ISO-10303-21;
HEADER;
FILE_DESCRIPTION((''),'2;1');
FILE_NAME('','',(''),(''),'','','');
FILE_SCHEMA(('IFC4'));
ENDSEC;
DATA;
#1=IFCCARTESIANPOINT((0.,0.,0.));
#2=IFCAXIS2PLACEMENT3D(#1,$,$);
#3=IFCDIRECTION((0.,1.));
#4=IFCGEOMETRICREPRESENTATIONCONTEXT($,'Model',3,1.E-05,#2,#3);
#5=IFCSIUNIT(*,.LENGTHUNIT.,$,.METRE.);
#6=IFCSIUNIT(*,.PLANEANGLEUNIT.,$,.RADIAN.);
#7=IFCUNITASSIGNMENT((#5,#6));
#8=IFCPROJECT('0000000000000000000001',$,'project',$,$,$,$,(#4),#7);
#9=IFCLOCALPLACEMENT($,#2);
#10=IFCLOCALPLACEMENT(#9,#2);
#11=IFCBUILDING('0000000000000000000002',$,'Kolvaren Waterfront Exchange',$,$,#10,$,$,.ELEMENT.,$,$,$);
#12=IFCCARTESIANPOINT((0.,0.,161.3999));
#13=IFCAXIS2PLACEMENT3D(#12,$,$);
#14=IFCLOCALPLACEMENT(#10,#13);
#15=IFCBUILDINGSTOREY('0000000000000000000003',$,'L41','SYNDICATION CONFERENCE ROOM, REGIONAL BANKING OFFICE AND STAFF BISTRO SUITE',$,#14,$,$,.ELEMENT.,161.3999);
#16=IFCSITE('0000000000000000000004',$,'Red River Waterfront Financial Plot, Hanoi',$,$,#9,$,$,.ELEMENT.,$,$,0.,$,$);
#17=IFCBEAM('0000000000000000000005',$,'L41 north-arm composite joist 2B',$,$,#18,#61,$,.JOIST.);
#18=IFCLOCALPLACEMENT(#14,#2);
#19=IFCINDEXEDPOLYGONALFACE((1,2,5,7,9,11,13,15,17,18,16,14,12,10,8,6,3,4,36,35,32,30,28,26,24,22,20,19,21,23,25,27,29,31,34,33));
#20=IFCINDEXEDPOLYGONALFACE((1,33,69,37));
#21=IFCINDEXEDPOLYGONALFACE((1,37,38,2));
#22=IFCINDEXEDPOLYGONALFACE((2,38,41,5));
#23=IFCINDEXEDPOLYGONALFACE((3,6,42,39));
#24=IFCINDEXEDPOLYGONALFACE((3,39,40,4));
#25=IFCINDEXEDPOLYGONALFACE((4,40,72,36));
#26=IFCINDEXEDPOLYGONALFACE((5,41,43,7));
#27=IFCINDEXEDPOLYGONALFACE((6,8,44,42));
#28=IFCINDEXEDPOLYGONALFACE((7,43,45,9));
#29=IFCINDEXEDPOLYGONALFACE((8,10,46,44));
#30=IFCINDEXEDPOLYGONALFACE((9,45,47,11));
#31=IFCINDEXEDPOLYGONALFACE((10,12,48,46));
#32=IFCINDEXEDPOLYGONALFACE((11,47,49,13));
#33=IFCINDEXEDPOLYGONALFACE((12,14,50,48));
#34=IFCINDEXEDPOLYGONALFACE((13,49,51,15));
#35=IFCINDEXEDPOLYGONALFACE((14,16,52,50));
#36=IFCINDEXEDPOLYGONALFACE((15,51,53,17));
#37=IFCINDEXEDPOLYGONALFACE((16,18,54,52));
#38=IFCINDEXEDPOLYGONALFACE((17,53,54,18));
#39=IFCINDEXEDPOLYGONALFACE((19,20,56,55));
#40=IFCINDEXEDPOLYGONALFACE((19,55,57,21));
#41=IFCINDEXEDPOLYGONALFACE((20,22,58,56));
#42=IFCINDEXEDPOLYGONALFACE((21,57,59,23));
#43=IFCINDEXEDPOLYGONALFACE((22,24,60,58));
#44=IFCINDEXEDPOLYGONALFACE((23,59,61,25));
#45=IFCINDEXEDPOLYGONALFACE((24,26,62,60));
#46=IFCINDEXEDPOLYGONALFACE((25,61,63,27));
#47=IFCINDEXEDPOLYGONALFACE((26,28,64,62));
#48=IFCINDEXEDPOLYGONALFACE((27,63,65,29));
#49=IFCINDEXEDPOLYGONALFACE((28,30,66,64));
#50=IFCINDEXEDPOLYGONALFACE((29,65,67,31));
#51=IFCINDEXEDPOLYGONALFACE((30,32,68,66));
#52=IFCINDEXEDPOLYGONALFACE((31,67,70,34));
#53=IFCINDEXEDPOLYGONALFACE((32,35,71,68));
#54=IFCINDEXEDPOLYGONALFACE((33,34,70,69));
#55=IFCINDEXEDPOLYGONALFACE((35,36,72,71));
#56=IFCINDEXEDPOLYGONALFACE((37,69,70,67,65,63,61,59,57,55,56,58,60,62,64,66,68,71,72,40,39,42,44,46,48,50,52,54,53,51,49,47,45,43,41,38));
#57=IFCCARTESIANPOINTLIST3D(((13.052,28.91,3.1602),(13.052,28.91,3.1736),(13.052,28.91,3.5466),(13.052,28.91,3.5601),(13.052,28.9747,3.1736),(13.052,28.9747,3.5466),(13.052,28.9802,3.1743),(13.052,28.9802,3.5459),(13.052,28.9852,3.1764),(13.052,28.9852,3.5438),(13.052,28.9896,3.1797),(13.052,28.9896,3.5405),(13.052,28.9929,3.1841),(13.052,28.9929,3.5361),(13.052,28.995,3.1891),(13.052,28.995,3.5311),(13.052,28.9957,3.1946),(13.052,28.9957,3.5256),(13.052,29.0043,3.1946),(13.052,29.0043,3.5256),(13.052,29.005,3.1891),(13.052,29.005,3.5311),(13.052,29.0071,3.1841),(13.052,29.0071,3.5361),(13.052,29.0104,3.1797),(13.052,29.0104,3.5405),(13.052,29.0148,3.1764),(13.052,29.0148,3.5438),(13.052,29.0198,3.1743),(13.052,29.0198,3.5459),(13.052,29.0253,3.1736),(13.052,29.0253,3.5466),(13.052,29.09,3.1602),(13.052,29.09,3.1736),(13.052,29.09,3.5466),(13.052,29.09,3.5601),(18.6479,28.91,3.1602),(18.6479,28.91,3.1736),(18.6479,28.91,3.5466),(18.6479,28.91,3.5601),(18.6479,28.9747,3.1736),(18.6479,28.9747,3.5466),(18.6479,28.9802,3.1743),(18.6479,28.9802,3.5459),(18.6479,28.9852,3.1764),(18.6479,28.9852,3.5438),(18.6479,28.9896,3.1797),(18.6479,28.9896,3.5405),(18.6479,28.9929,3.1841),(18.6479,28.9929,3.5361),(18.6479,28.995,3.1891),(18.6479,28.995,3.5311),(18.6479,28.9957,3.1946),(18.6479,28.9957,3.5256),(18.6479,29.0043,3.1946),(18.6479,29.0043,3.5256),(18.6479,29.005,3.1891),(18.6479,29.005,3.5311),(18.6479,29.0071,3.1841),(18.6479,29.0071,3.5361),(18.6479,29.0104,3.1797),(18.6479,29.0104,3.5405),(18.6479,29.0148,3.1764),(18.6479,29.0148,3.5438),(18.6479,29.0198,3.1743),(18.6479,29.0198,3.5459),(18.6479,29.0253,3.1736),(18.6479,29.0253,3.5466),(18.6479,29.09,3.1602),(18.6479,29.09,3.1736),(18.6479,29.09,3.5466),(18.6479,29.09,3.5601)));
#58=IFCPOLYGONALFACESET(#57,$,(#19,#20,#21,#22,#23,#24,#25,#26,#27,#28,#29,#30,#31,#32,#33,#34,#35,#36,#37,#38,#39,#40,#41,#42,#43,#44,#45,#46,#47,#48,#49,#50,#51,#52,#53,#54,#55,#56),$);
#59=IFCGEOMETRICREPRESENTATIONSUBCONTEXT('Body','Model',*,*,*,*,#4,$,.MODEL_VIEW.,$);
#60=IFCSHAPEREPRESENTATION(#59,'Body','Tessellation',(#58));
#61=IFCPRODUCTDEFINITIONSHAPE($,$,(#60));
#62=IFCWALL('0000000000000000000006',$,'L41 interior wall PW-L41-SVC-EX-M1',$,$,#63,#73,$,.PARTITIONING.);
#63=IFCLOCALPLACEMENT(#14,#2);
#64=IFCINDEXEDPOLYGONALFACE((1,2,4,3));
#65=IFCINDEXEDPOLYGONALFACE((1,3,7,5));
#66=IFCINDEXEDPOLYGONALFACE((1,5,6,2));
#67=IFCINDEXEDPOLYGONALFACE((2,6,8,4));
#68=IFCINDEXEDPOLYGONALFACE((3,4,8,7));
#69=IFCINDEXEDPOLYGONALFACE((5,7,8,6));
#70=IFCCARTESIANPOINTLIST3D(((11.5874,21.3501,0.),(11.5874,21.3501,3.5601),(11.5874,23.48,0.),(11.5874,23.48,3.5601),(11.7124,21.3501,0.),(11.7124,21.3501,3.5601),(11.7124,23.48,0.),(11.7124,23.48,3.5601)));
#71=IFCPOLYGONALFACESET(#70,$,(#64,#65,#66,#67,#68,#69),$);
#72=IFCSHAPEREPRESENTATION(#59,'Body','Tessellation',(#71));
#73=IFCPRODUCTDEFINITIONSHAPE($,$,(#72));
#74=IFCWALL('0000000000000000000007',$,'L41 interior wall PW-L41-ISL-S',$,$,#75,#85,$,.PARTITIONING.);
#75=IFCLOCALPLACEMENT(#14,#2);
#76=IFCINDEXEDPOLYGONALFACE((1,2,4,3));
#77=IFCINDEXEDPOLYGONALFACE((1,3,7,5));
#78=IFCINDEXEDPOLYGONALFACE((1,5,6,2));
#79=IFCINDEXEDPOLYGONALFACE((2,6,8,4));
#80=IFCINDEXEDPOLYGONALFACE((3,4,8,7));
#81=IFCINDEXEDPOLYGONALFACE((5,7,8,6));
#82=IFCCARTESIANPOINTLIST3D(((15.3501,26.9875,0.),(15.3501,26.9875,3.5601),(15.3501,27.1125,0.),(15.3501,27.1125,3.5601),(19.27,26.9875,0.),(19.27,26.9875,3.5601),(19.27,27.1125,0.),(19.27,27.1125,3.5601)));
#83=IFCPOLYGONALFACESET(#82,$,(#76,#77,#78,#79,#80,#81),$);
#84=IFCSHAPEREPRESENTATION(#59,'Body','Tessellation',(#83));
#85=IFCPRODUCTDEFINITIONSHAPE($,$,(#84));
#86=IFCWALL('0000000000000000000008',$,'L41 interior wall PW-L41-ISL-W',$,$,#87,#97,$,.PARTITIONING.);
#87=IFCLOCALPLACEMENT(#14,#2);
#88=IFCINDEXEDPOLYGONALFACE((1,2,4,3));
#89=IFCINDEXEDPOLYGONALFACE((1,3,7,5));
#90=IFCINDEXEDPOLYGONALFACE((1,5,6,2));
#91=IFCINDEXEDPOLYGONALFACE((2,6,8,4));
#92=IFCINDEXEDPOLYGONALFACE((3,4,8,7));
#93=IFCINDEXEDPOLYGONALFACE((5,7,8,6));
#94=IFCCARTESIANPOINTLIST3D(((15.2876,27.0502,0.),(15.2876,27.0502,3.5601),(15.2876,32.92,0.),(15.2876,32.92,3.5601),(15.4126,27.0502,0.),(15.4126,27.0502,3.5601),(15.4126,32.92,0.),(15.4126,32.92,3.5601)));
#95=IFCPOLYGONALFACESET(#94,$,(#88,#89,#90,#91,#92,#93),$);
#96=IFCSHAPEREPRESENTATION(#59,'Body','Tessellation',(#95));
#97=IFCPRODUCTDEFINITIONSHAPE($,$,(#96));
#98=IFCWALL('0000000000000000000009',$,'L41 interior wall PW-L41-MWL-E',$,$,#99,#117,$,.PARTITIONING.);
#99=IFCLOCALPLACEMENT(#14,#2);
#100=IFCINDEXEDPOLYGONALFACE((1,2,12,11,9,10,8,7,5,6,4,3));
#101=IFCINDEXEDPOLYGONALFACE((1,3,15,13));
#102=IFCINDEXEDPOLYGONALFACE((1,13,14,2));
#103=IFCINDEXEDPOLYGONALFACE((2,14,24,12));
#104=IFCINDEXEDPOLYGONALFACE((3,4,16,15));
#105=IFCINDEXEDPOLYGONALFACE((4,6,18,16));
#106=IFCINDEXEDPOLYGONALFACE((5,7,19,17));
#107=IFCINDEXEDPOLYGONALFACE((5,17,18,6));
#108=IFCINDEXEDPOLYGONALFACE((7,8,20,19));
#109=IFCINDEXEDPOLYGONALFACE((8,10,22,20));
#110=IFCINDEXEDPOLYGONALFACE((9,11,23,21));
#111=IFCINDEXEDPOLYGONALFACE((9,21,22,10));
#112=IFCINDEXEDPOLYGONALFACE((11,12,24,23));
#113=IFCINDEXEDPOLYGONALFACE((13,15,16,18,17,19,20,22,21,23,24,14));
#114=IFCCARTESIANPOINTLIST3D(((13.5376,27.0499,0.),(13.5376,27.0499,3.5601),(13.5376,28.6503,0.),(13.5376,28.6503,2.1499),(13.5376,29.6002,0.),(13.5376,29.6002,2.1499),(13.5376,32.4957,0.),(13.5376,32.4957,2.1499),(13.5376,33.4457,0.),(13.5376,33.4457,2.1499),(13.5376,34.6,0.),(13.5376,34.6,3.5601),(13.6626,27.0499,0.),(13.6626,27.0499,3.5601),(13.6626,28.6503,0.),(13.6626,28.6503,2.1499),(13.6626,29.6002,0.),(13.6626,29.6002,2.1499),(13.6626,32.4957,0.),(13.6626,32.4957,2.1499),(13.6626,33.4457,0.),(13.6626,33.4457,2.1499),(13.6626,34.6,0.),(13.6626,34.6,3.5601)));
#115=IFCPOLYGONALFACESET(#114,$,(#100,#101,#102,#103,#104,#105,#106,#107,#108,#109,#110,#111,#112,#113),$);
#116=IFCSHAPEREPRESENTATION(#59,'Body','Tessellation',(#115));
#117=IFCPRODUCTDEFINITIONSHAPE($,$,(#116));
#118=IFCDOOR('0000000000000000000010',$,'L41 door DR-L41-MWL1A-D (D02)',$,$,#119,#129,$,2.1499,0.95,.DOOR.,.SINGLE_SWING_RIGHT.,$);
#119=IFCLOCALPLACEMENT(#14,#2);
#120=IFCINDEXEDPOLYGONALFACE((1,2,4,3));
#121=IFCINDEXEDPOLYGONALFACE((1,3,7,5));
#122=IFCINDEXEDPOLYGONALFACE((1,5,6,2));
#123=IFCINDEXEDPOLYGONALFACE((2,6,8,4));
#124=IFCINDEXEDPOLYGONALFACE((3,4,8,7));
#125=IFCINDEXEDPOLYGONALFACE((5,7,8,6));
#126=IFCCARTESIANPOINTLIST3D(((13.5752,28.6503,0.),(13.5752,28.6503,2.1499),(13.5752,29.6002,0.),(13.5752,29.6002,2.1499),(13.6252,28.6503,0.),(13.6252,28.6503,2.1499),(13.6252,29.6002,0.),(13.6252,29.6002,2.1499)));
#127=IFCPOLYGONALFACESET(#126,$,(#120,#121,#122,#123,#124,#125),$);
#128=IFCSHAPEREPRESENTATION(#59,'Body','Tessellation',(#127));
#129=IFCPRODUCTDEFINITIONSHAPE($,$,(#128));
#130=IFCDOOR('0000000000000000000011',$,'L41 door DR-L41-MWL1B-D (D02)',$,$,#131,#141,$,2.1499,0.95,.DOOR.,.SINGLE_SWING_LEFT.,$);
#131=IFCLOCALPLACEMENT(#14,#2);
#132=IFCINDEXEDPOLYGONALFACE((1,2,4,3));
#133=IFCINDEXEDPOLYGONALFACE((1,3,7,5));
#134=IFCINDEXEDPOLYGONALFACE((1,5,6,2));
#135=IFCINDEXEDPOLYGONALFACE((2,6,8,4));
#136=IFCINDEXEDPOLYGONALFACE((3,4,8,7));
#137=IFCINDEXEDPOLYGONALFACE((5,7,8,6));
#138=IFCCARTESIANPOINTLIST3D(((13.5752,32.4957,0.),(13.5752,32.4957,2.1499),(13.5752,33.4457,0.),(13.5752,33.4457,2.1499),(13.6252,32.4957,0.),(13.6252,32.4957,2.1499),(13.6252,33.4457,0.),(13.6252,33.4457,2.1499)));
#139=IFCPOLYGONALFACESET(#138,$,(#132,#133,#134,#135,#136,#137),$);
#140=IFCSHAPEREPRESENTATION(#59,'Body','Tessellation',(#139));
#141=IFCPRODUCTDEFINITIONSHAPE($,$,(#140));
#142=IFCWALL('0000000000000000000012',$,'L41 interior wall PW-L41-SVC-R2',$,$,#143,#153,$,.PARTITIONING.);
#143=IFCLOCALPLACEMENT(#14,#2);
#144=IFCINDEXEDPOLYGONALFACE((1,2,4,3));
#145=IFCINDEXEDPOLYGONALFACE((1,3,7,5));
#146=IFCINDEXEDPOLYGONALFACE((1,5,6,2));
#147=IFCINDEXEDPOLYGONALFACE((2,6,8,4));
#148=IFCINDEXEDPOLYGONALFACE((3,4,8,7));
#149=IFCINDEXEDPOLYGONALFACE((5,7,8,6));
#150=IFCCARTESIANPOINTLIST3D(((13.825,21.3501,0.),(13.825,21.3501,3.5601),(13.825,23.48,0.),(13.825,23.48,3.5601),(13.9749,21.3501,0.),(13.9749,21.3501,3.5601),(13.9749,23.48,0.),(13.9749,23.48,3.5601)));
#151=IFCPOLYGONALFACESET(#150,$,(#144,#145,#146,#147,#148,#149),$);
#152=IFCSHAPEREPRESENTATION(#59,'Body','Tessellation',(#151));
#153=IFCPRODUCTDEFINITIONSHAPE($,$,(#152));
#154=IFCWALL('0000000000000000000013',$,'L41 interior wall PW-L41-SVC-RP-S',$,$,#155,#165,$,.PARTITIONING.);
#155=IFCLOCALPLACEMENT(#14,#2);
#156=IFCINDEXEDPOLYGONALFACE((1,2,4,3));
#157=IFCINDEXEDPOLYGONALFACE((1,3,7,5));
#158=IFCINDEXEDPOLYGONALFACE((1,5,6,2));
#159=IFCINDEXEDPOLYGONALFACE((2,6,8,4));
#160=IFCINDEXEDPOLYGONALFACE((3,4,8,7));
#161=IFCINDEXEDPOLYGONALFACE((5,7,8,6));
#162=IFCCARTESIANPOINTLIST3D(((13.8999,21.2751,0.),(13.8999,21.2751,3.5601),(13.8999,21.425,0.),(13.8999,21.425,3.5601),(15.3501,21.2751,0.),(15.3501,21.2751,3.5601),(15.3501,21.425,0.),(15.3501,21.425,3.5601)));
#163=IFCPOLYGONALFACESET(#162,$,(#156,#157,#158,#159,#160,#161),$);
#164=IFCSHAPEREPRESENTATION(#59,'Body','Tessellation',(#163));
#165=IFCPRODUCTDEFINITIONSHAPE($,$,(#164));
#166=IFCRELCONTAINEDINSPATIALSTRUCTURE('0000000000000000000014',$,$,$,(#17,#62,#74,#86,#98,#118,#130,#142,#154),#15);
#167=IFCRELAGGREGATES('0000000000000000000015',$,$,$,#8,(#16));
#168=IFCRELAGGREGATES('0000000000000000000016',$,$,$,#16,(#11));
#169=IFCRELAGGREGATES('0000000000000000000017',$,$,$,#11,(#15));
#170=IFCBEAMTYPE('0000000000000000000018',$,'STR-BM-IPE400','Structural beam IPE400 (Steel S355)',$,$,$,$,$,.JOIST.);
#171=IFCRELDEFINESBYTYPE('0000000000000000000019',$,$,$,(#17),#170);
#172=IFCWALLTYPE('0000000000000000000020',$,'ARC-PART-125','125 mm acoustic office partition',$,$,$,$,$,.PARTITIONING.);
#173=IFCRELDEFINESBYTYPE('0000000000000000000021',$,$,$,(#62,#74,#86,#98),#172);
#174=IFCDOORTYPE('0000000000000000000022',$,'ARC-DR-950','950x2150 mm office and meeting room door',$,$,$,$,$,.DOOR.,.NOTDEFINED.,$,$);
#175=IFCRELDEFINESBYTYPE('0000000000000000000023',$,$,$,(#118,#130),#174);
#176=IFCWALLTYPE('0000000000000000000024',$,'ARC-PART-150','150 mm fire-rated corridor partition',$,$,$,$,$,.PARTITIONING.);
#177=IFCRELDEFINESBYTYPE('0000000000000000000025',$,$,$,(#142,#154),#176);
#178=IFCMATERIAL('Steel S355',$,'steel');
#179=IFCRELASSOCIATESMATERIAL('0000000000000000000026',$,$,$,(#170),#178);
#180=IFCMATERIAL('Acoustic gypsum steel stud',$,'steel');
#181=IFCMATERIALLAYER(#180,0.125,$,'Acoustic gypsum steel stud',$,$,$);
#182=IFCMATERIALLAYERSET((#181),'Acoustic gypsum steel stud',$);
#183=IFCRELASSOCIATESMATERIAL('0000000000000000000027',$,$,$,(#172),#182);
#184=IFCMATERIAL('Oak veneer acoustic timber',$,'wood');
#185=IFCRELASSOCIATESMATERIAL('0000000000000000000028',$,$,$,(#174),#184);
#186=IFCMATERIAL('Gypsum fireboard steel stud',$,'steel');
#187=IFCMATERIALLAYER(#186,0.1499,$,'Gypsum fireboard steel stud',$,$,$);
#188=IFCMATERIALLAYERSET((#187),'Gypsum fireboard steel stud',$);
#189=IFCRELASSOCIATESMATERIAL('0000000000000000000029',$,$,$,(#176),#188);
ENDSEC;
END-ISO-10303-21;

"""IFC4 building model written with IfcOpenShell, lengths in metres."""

from ifc_helpers import new_model, si_unit, direction, frame, frame_2d, origin, origin_2d, place, context, subcontext, project, spatial, rectangle, i_section, extrude, material, layer, layer_set, material_profile, profile_set, type_object, element, fill, save


model = new_model("IFC4")

# Units and contexts
model_context = context("Model", 3, precision=1e-05, world=origin(), true_north=direction((0.0, 1.0)))
body_context = subcontext(model_context, "Body", "Model", "MODEL_VIEW")
ifc_project = project(units=[si_unit("LENGTHUNIT", "METRE"), si_unit("PLANEANGLEUNIT", "RADIAN")], contexts=[model_context])

# Site, building, storey
site_placement = place(None, origin())
site = spatial("IfcSite", under=ifc_project, at=site_placement, Name="Red River Waterfront Financial Plot, Hanoi", CompositionType="ELEMENT", RefElevation=0.0)
building_placement = place(site_placement, origin())
building = spatial("IfcBuilding", under=site, at=building_placement, Name="Kolvaren Waterfront Exchange", CompositionType="ELEMENT")
storey_placement = place(building_placement, frame((0.0, 0.0, 161.3999)))
storey = spatial("IfcBuildingStorey", under=building, at=storey_placement, Name="L41", Description="SYNDICATION CONFERENCE ROOM, REGIONAL BANKING OFFICE AND STAFF BISTRO SUITE", CompositionType="ELEMENT", Elevation=161.3999)

# Beam
ifc_material_1 = material(Name="Steel S355", Category="steel")
ifc_material_profile_1 = material_profile(ifc_material_1, i_section(OverallWidth=0.1799, OverallDepth=0.3999, WebThickness=0.0085, FlangeThickness=0.0134, FilletRadius=0.021, at=origin_2d()), Name="IPE400")
ifc_profile_set_1 = profile_set([ifc_material_profile_1], Name="Steel S355")
beam_type_1 = type_object("IfcBeamType", Name="STR-BM-IPE400", Description="Structural beam IPE400 (Steel S355)", PredefinedType="JOIST", material=ifc_profile_set_1)
for number, where, z_axis, x_axis, name in (
    (1, (13.052, 29.0, 3.3601), (1.0, 0.0, 0.0), (0.0, 1.0, 0.0), "L41 north-arm composite joist 2B"),
):
    element("IfcBeam", number, at=place(storey_placement, frame(where, z_axis=z_axis, x_axis=x_axis)), inside=storey, type_object=beam_type_1, Name=name, PredefinedType="JOIST", context=body_context, shape_type="SweptSolid", body=[
        extrude(i_section(OverallWidth=0.1799, OverallDepth=0.3999, WebThickness=0.0085, FlangeThickness=0.0134, FilletRadius=0.021, at=origin_2d()), origin(), (0.0, 0.0, 1.0), 5.5959),
    ])

# Walls
ifc_material_2 = material(Name="Acoustic gypsum steel stud", Category="steel")
ifc_layer_1 = layer(ifc_material_2, 0.125, Name="Acoustic gypsum steel stud")
ifc_layer_set_1 = layer_set([ifc_layer_1], Name="Acoustic gypsum steel stud")
wall_type_1 = type_object("IfcWallType", Name="ARC-PART-125", Description="125 mm acoustic office partition", PredefinedType="PARTITIONING", material=ifc_layer_set_1)
wall_1_placement = place(storey_placement, frame((11.6499, 21.3501, 0.0), z_axis=(0.0, 0.0, 1.0), x_axis=(0.0, 1.0, 0.0)))
element("IfcWall", 2, at=wall_1_placement, inside=storey, type_object=wall_type_1, Name="L41 interior wall PW-L41-SVC-EX-M1", PredefinedType="PARTITIONING", context=body_context, shape_type="SweptSolid", body=[
    extrude(rectangle(XDim=2.1299, YDim=0.125, at=frame_2d((1.0649, 0.0))), origin(), (0.0, 0.0, 1.0), 3.5601),
])
wall_2_placement = place(storey_placement, frame((15.3501, 27.05, 0.0), z_axis=(0.0, 0.0, 1.0), x_axis=(1.0, 0.0, 0.0)))
element("IfcWall", 3, at=wall_2_placement, inside=storey, type_object=wall_type_1, Name="L41 interior wall PW-L41-ISL-S", PredefinedType="PARTITIONING", context=body_context, shape_type="SweptSolid", body=[
    extrude(rectangle(XDim=3.9199, YDim=0.125, at=frame_2d((1.96, 0.0))), origin(), (0.0, 0.0, 1.0), 3.5601),
])
wall_3_placement = place(storey_placement, frame((15.3501, 27.05, 0.0), z_axis=(0.0, 0.0, 1.0), x_axis=(0.0, 1.0, 0.0)))
element("IfcWall", 4, at=wall_3_placement, inside=storey, type_object=wall_type_1, Name="L41 interior wall PW-L41-ISL-W", PredefinedType="PARTITIONING", context=body_context, shape_type="SweptSolid", body=[
    extrude(rectangle(XDim=5.8699, YDim=0.125, at=frame_2d((2.9351, 0.0))), origin(), (0.0, 0.0, 1.0), 3.5601),
])

# Wall, openings, doors
wall_4_placement = place(storey_placement, frame((13.6001, 27.05, 0.0), z_axis=(0.0, 0.0, 1.0), x_axis=(0.0, 1.0, 0.0)))
wall_4 = element("IfcWall", 5, at=wall_4_placement, inside=storey, type_object=wall_type_1, Name="L41 interior wall PW-L41-MWL-E", PredefinedType="PARTITIONING", context=body_context, shape_type="SweptSolid", body=[
    extrude(rectangle(XDim=7.55, YDim=0.125, at=frame_2d((3.7749, 0.0))), origin(), (0.0, 0.0, 1.0), 3.5601),
])
opening_1_placement = place(wall_4_placement, frame((1.6001, 0.0, 0.0)))
opening_1 = element("IfcOpeningElement", 6, at=opening_1_placement, cuts=wall_4, PredefinedType="OPENING", context=body_context, shape_type="SweptSolid", body=[
    extrude(rectangle(XDim=0.95, YDim=2.1499, at=frame_2d((0.4751, 1.075))), frame((0.0, 0.0725, 0.0), z_axis=(0.0, -1.0, 0.0), x_axis=(1.0, 0.0, 0.0)), (0.0, 0.0, 1.0), 0.145),
])
opening_2_placement = place(wall_4_placement, frame((5.4456, 0.0, 0.0)))
opening_2 = element("IfcOpeningElement", 7, at=opening_2_placement, cuts=wall_4, PredefinedType="OPENING", context=body_context, shape_type="SweptSolid", body=[
    extrude(rectangle(XDim=0.95, YDim=2.1499, at=frame_2d((0.4751, 1.075))), frame((0.0, 0.0725, 0.0), z_axis=(0.0, -1.0, 0.0), x_axis=(1.0, 0.0, 0.0)), (0.0, 0.0, 1.0), 0.145),
])
ifc_material_3 = material(Name="Oak veneer acoustic timber", Category="wood")
door_type = type_object("IfcDoorType", Name="ARC-DR-950", Description="950x2150 mm office and meeting room door", OperationType="NOTDEFINED", PredefinedType="DOOR", material=ifc_material_3)
door_1_placement = place(opening_1_placement, origin())
door_1 = element("IfcDoor", 8, at=door_1_placement, inside=storey, type_object=door_type, Name="L41 door DR-L41-MWL1A-D (D02)", OperationType="SINGLE_SWING_RIGHT", OverallHeight=2.1499, OverallWidth=0.95, PredefinedType="DOOR", context=body_context, shape_type="SweptSolid", body=[
    extrude(rectangle(XDim=0.95, YDim=2.1499, at=frame_2d((0.4751, 1.075))), frame((0.0, 0.0249, 0.0), z_axis=(0.0, -1.0, 0.0), x_axis=(1.0, 0.0, 0.0)), (0.0, 0.0, 1.0), 0.05),
])
fill(opening_1, door_1)
door_2_placement = place(opening_2_placement, origin())
door_2 = element("IfcDoor", 9, at=door_2_placement, inside=storey, type_object=door_type, Name="L41 door DR-L41-MWL1B-D (D02)", OperationType="SINGLE_SWING_LEFT", OverallHeight=2.1499, OverallWidth=0.95, PredefinedType="DOOR", context=body_context, shape_type="SweptSolid", body=[
    extrude(rectangle(XDim=0.95, YDim=2.1499, at=frame_2d((0.4751, 1.075))), frame((0.0, 0.0249, 0.0), z_axis=(0.0, -1.0, 0.0), x_axis=(1.0, 0.0, 0.0)), (0.0, 0.0, 1.0), 0.05),
])
fill(opening_2, door_2)

# Walls
ifc_material_4 = material(Name="Gypsum fireboard steel stud", Category="steel")
ifc_layer_2 = layer(ifc_material_4, 0.1499, Name="Gypsum fireboard steel stud")
ifc_layer_set_2 = layer_set([ifc_layer_2], Name="Gypsum fireboard steel stud")
wall_type_2 = type_object("IfcWallType", Name="ARC-PART-150", Description="150 mm fire-rated corridor partition", PredefinedType="PARTITIONING", material=ifc_layer_set_2)
wall_5_placement = place(storey_placement, frame((13.8999, 21.3501, 0.0), z_axis=(0.0, 0.0, 1.0), x_axis=(0.0, 1.0, 0.0)))
element("IfcWall", 10, at=wall_5_placement, inside=storey, type_object=wall_type_2, Name="L41 interior wall PW-L41-SVC-R2", PredefinedType="PARTITIONING", context=body_context, shape_type="SweptSolid", body=[
    extrude(rectangle(XDim=2.1299, YDim=0.1499, at=frame_2d((1.0649, 0.0))), origin(), (0.0, 0.0, 1.0), 3.5601),
])
wall_6_placement = place(storey_placement, frame((13.8999, 21.3501, 0.0), z_axis=(0.0, 0.0, 1.0), x_axis=(1.0, 0.0, 0.0)))
element("IfcWall", 11, at=wall_6_placement, inside=storey, type_object=wall_type_2, Name="L41 interior wall PW-L41-SVC-RP-S", PredefinedType="PARTITIONING", context=body_context, shape_type="SweptSolid", body=[
    extrude(rectangle(XDim=1.4502, YDim=0.1499, at=frame_2d((0.7251, 0.0))), origin(), (0.0, 0.0, 1.0), 3.5601),
])

save(model, "model.ifc")
